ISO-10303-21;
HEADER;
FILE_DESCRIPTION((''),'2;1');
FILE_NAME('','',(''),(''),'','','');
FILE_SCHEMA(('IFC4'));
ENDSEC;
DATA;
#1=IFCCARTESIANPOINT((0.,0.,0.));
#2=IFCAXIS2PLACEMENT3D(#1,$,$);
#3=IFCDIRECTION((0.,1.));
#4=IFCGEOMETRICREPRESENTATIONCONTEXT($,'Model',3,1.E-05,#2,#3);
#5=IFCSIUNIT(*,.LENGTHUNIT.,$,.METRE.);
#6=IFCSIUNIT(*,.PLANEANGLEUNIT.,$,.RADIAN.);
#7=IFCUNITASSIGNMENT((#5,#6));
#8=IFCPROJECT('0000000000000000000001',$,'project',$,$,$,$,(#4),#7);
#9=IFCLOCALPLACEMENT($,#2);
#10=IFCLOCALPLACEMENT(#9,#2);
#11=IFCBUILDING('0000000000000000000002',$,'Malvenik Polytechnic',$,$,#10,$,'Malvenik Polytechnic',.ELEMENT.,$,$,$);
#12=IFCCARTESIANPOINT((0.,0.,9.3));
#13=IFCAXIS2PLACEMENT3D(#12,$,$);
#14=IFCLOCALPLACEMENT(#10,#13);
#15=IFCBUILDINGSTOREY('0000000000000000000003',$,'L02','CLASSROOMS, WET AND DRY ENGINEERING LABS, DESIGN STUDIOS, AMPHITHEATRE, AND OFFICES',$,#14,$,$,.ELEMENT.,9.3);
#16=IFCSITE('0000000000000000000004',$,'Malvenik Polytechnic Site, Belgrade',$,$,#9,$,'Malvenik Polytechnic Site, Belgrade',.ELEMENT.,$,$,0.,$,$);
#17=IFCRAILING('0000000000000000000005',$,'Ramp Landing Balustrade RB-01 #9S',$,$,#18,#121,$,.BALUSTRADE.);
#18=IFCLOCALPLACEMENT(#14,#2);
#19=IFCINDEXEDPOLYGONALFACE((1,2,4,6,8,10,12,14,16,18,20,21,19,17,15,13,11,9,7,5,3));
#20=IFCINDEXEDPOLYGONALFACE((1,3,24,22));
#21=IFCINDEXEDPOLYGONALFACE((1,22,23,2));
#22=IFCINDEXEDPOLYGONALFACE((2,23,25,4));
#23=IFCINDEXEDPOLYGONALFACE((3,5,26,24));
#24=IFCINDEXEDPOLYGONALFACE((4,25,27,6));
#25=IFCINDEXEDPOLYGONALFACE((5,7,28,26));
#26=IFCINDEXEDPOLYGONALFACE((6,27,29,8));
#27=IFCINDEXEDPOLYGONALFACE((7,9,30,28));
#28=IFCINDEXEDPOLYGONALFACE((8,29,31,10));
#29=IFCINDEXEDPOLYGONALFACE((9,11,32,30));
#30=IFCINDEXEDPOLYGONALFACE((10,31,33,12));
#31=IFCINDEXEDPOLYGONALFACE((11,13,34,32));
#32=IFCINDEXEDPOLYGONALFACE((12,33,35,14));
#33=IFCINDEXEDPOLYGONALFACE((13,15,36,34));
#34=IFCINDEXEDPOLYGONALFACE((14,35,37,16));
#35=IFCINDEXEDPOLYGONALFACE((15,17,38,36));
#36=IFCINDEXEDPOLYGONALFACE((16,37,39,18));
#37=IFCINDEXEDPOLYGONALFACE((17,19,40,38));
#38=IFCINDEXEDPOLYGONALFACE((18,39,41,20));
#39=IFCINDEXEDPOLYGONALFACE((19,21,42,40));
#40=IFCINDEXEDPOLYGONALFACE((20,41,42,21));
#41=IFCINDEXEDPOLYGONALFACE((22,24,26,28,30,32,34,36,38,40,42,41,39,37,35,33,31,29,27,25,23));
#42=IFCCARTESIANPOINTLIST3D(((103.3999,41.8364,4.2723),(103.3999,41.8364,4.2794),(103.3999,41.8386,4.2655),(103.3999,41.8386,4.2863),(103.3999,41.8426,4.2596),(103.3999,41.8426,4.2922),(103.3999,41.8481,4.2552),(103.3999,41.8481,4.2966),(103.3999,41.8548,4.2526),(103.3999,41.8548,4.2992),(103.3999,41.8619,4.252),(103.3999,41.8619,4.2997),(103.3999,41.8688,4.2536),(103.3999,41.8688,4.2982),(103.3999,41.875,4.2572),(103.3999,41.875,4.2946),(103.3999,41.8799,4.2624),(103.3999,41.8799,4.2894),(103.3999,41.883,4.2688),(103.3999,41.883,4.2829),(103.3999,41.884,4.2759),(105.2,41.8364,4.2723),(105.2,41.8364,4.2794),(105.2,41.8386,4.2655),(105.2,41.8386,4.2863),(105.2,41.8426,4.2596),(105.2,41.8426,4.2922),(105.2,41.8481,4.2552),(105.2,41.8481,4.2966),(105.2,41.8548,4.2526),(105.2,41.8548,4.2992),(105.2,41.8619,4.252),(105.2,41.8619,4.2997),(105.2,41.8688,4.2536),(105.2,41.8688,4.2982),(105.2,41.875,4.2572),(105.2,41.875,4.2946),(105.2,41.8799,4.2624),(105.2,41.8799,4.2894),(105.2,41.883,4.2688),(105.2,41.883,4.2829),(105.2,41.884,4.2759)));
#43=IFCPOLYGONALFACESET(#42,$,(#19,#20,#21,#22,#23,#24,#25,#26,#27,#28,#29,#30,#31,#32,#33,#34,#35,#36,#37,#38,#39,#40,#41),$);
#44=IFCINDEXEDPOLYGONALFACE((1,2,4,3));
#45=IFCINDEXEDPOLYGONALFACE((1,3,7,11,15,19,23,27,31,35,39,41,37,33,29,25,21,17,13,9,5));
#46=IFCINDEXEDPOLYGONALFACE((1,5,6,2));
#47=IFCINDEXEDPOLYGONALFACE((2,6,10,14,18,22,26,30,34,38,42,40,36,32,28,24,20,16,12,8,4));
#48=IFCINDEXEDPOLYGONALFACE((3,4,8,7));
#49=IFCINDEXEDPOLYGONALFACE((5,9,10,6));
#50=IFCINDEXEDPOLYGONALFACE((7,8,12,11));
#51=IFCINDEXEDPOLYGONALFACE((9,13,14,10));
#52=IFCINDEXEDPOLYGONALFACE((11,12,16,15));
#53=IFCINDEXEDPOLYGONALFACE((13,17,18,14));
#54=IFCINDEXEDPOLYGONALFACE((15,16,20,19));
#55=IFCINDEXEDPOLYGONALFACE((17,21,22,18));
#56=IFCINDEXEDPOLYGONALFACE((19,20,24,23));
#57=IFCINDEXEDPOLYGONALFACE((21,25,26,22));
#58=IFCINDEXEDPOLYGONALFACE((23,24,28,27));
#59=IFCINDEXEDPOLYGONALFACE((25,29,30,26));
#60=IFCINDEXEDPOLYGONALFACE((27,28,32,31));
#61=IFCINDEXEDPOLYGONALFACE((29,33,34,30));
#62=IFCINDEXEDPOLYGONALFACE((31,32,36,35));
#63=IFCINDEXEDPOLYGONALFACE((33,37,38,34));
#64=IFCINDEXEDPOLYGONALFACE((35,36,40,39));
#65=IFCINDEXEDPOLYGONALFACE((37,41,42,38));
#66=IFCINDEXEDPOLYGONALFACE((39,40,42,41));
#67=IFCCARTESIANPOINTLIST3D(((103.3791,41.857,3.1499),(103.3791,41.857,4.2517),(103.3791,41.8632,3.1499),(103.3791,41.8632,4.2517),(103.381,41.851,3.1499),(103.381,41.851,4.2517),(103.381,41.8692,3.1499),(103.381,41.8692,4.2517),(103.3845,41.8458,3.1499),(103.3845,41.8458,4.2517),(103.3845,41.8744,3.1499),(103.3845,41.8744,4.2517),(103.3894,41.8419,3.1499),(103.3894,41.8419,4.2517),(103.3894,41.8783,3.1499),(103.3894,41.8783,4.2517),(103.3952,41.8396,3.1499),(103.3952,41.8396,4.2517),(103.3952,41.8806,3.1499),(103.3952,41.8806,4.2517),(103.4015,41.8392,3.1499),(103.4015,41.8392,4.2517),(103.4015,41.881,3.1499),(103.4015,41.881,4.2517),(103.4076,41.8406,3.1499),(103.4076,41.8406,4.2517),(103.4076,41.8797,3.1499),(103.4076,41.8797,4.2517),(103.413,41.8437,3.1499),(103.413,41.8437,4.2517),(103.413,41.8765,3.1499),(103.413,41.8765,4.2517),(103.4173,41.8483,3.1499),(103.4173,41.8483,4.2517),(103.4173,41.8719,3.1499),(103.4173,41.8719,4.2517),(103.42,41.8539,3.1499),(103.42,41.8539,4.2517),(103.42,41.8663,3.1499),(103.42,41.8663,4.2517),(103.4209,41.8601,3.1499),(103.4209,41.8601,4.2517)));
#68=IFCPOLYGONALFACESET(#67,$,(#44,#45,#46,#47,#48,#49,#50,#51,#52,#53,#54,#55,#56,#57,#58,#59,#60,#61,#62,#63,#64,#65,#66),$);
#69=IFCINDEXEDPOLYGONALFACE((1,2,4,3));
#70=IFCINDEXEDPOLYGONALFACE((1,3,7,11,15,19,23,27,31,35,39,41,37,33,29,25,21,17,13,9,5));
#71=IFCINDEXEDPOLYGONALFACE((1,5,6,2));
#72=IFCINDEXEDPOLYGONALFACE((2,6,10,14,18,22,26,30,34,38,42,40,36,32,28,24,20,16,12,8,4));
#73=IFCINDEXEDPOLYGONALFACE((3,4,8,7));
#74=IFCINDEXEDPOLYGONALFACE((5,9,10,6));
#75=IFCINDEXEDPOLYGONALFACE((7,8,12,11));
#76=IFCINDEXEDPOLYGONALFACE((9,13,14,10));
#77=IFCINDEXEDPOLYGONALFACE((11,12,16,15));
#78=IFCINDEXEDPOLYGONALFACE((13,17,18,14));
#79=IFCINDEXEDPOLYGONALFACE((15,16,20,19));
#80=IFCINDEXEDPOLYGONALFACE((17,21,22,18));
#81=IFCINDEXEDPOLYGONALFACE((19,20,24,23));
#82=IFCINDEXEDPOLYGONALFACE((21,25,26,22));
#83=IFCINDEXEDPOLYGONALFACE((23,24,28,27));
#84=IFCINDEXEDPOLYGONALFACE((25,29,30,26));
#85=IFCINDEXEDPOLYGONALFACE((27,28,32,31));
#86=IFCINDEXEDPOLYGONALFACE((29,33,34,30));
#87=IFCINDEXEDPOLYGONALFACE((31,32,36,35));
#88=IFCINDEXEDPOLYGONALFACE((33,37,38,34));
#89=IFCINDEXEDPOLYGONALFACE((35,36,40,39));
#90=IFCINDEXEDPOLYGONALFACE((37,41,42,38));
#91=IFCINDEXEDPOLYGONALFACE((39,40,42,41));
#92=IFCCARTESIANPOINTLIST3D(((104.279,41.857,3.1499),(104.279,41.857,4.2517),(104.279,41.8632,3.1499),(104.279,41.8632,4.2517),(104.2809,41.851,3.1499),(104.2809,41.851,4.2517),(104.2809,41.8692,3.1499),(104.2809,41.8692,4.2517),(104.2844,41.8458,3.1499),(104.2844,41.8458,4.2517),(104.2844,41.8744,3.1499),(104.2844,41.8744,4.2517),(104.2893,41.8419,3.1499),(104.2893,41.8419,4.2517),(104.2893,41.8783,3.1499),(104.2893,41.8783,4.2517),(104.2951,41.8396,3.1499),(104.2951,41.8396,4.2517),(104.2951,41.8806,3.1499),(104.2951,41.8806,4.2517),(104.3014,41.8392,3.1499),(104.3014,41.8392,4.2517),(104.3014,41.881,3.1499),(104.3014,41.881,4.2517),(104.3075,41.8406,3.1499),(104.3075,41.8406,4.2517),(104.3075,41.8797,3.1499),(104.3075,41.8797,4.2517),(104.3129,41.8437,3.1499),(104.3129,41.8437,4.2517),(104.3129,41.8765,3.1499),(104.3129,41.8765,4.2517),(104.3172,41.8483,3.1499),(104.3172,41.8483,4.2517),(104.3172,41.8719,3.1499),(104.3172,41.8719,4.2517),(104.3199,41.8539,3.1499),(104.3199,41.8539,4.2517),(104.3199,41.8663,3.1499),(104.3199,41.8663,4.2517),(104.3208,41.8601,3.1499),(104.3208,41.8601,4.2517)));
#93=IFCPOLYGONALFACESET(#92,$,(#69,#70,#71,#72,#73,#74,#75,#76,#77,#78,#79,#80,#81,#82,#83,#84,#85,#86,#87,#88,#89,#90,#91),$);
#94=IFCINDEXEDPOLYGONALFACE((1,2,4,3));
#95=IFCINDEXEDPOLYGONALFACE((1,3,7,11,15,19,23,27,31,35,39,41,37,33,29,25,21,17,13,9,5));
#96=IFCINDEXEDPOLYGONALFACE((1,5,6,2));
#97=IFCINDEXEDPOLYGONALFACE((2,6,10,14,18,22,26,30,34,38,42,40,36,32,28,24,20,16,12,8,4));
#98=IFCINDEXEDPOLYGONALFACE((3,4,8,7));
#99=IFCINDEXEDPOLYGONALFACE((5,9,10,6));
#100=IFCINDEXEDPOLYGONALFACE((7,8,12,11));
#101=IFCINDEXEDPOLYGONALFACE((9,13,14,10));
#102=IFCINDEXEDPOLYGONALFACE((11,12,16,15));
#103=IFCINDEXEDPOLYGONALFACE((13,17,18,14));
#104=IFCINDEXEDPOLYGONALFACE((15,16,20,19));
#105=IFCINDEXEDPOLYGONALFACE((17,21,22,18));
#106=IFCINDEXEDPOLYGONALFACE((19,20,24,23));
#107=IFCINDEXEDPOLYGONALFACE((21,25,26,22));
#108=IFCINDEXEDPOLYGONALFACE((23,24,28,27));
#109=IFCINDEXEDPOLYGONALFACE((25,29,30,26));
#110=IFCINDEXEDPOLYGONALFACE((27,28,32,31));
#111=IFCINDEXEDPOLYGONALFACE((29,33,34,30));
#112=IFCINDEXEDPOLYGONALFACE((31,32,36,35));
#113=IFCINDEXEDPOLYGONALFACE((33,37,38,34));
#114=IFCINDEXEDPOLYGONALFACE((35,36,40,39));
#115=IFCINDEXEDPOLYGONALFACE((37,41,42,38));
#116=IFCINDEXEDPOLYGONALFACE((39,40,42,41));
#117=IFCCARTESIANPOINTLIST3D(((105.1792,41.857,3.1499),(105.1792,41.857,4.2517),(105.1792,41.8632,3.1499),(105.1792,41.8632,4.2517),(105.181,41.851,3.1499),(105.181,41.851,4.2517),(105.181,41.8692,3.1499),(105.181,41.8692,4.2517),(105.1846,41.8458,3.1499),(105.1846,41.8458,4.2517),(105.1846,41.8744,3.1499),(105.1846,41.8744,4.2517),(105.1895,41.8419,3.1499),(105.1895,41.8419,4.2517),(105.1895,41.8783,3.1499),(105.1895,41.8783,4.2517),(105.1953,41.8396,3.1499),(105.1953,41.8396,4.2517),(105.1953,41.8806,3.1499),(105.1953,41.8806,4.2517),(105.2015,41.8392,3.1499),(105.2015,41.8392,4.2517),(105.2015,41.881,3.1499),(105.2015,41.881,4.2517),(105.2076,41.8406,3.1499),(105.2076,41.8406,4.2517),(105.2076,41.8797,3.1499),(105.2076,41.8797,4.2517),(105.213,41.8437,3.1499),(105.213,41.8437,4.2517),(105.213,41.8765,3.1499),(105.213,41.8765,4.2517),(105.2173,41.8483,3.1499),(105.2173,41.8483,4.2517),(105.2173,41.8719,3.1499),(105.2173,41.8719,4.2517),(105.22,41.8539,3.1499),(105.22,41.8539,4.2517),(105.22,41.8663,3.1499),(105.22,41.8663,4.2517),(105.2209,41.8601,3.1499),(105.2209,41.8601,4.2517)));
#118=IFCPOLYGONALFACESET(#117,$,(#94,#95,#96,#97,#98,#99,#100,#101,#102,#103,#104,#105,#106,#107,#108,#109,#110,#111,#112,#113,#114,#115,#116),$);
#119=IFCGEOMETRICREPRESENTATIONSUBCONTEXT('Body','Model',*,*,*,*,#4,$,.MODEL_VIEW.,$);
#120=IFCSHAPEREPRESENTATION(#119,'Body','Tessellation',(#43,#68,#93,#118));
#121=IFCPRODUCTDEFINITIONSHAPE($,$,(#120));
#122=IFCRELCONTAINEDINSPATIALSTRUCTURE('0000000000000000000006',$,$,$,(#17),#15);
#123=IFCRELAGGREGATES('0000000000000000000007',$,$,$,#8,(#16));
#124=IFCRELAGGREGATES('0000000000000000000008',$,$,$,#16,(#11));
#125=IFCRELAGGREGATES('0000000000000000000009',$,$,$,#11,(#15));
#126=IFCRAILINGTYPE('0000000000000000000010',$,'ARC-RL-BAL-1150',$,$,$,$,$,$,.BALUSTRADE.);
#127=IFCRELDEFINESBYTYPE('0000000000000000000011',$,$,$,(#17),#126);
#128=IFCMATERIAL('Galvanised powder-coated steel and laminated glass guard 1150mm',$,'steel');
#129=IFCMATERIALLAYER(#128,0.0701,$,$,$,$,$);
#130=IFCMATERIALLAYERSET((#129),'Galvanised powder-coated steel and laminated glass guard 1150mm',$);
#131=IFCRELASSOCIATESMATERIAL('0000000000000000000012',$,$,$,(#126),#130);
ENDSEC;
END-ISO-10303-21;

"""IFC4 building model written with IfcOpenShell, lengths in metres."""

from ifc_helpers import new_model, si_unit, direction, frame, origin, origin_2d, place, context, subcontext, project, spatial, circle, extrude, material, layer, layer_set, type_object, element, save


model = new_model("IFC4")

# Units and contexts
model_context = context("Model", 3, precision=1e-05, world=origin(), true_north=direction((0.0, 1.0)))
body_context = subcontext(model_context, "Body", "Model", "MODEL_VIEW")
ifc_project = project(units=[si_unit("LENGTHUNIT", "METRE"), si_unit("PLANEANGLEUNIT", "RADIAN")], contexts=[model_context])

# Site, building, storey
site_placement = place(None, origin())
site = spatial("IfcSite", under=ifc_project, at=site_placement, Name="Malvenik Polytechnic Site, Belgrade", LongName="Malvenik Polytechnic Site, Belgrade", CompositionType="ELEMENT", RefElevation=0.0)
building_placement = place(site_placement, origin())
building = spatial("IfcBuilding", under=site, at=building_placement, Name="Malvenik Polytechnic", LongName="Malvenik Polytechnic", CompositionType="ELEMENT")
storey_placement = place(building_placement, frame((0.0, 0.0, 9.3)))
storey = spatial("IfcBuildingStorey", under=building, at=storey_placement, Name="L02", Description="CLASSROOMS, WET AND DRY ENGINEERING LABS, DESIGN STUDIOS, AMPHITHEATRE, AND OFFICES", CompositionType="ELEMENT", Elevation=9.3)

# Railing
ifc_material_1 = material(Name="Galvanised powder-coated steel and laminated glass guard 1150mm", Category="steel")
ifc_layer_1 = layer(ifc_material_1, 0.0701)
ifc_layer_set_1 = layer_set([ifc_layer_1], Name="Galvanised powder-coated steel and laminated glass guard 1150mm")
railing_type_1 = type_object("IfcRailingType", Name="ARC-RL-BAL-1150", PredefinedType="BALUSTRADE", material=ifc_layer_set_1)
railing_1_placement = place(storey_placement, frame((103.3999, 41.8601, 3.1499)))
element("IfcRailing", 1, at=railing_1_placement, inside=storey, type_object=railing_type_1, Name="Ramp Landing Balustrade RB-01 #9S", PredefinedType="BALUSTRADE", context=body_context, shape_type="SweptSolid", body=[
    extrude(circle(Radius=0.0239, at=origin_2d()), frame((0.0, 0.0, 1.126), z_axis=(1.0, 0.0, 0.0), x_axis=(0.0, 1.0, 0.0)), (0.0, 0.0, 1.0), 1.8),
    extrude(circle(Radius=0.021, at=origin_2d()), origin(), (0.0, 0.0, 1.0), 1.1018),
    extrude(circle(Radius=0.021, at=origin_2d()), frame((0.8999, 0.0, 0.0)), (0.0, 0.0, 1.0), 1.1018),
    extrude(circle(Radius=0.021, at=origin_2d()), frame((1.8, 0.0, 0.0)), (0.0, 0.0, 1.0), 1.1018),
])

save(model, "model.ifc")
